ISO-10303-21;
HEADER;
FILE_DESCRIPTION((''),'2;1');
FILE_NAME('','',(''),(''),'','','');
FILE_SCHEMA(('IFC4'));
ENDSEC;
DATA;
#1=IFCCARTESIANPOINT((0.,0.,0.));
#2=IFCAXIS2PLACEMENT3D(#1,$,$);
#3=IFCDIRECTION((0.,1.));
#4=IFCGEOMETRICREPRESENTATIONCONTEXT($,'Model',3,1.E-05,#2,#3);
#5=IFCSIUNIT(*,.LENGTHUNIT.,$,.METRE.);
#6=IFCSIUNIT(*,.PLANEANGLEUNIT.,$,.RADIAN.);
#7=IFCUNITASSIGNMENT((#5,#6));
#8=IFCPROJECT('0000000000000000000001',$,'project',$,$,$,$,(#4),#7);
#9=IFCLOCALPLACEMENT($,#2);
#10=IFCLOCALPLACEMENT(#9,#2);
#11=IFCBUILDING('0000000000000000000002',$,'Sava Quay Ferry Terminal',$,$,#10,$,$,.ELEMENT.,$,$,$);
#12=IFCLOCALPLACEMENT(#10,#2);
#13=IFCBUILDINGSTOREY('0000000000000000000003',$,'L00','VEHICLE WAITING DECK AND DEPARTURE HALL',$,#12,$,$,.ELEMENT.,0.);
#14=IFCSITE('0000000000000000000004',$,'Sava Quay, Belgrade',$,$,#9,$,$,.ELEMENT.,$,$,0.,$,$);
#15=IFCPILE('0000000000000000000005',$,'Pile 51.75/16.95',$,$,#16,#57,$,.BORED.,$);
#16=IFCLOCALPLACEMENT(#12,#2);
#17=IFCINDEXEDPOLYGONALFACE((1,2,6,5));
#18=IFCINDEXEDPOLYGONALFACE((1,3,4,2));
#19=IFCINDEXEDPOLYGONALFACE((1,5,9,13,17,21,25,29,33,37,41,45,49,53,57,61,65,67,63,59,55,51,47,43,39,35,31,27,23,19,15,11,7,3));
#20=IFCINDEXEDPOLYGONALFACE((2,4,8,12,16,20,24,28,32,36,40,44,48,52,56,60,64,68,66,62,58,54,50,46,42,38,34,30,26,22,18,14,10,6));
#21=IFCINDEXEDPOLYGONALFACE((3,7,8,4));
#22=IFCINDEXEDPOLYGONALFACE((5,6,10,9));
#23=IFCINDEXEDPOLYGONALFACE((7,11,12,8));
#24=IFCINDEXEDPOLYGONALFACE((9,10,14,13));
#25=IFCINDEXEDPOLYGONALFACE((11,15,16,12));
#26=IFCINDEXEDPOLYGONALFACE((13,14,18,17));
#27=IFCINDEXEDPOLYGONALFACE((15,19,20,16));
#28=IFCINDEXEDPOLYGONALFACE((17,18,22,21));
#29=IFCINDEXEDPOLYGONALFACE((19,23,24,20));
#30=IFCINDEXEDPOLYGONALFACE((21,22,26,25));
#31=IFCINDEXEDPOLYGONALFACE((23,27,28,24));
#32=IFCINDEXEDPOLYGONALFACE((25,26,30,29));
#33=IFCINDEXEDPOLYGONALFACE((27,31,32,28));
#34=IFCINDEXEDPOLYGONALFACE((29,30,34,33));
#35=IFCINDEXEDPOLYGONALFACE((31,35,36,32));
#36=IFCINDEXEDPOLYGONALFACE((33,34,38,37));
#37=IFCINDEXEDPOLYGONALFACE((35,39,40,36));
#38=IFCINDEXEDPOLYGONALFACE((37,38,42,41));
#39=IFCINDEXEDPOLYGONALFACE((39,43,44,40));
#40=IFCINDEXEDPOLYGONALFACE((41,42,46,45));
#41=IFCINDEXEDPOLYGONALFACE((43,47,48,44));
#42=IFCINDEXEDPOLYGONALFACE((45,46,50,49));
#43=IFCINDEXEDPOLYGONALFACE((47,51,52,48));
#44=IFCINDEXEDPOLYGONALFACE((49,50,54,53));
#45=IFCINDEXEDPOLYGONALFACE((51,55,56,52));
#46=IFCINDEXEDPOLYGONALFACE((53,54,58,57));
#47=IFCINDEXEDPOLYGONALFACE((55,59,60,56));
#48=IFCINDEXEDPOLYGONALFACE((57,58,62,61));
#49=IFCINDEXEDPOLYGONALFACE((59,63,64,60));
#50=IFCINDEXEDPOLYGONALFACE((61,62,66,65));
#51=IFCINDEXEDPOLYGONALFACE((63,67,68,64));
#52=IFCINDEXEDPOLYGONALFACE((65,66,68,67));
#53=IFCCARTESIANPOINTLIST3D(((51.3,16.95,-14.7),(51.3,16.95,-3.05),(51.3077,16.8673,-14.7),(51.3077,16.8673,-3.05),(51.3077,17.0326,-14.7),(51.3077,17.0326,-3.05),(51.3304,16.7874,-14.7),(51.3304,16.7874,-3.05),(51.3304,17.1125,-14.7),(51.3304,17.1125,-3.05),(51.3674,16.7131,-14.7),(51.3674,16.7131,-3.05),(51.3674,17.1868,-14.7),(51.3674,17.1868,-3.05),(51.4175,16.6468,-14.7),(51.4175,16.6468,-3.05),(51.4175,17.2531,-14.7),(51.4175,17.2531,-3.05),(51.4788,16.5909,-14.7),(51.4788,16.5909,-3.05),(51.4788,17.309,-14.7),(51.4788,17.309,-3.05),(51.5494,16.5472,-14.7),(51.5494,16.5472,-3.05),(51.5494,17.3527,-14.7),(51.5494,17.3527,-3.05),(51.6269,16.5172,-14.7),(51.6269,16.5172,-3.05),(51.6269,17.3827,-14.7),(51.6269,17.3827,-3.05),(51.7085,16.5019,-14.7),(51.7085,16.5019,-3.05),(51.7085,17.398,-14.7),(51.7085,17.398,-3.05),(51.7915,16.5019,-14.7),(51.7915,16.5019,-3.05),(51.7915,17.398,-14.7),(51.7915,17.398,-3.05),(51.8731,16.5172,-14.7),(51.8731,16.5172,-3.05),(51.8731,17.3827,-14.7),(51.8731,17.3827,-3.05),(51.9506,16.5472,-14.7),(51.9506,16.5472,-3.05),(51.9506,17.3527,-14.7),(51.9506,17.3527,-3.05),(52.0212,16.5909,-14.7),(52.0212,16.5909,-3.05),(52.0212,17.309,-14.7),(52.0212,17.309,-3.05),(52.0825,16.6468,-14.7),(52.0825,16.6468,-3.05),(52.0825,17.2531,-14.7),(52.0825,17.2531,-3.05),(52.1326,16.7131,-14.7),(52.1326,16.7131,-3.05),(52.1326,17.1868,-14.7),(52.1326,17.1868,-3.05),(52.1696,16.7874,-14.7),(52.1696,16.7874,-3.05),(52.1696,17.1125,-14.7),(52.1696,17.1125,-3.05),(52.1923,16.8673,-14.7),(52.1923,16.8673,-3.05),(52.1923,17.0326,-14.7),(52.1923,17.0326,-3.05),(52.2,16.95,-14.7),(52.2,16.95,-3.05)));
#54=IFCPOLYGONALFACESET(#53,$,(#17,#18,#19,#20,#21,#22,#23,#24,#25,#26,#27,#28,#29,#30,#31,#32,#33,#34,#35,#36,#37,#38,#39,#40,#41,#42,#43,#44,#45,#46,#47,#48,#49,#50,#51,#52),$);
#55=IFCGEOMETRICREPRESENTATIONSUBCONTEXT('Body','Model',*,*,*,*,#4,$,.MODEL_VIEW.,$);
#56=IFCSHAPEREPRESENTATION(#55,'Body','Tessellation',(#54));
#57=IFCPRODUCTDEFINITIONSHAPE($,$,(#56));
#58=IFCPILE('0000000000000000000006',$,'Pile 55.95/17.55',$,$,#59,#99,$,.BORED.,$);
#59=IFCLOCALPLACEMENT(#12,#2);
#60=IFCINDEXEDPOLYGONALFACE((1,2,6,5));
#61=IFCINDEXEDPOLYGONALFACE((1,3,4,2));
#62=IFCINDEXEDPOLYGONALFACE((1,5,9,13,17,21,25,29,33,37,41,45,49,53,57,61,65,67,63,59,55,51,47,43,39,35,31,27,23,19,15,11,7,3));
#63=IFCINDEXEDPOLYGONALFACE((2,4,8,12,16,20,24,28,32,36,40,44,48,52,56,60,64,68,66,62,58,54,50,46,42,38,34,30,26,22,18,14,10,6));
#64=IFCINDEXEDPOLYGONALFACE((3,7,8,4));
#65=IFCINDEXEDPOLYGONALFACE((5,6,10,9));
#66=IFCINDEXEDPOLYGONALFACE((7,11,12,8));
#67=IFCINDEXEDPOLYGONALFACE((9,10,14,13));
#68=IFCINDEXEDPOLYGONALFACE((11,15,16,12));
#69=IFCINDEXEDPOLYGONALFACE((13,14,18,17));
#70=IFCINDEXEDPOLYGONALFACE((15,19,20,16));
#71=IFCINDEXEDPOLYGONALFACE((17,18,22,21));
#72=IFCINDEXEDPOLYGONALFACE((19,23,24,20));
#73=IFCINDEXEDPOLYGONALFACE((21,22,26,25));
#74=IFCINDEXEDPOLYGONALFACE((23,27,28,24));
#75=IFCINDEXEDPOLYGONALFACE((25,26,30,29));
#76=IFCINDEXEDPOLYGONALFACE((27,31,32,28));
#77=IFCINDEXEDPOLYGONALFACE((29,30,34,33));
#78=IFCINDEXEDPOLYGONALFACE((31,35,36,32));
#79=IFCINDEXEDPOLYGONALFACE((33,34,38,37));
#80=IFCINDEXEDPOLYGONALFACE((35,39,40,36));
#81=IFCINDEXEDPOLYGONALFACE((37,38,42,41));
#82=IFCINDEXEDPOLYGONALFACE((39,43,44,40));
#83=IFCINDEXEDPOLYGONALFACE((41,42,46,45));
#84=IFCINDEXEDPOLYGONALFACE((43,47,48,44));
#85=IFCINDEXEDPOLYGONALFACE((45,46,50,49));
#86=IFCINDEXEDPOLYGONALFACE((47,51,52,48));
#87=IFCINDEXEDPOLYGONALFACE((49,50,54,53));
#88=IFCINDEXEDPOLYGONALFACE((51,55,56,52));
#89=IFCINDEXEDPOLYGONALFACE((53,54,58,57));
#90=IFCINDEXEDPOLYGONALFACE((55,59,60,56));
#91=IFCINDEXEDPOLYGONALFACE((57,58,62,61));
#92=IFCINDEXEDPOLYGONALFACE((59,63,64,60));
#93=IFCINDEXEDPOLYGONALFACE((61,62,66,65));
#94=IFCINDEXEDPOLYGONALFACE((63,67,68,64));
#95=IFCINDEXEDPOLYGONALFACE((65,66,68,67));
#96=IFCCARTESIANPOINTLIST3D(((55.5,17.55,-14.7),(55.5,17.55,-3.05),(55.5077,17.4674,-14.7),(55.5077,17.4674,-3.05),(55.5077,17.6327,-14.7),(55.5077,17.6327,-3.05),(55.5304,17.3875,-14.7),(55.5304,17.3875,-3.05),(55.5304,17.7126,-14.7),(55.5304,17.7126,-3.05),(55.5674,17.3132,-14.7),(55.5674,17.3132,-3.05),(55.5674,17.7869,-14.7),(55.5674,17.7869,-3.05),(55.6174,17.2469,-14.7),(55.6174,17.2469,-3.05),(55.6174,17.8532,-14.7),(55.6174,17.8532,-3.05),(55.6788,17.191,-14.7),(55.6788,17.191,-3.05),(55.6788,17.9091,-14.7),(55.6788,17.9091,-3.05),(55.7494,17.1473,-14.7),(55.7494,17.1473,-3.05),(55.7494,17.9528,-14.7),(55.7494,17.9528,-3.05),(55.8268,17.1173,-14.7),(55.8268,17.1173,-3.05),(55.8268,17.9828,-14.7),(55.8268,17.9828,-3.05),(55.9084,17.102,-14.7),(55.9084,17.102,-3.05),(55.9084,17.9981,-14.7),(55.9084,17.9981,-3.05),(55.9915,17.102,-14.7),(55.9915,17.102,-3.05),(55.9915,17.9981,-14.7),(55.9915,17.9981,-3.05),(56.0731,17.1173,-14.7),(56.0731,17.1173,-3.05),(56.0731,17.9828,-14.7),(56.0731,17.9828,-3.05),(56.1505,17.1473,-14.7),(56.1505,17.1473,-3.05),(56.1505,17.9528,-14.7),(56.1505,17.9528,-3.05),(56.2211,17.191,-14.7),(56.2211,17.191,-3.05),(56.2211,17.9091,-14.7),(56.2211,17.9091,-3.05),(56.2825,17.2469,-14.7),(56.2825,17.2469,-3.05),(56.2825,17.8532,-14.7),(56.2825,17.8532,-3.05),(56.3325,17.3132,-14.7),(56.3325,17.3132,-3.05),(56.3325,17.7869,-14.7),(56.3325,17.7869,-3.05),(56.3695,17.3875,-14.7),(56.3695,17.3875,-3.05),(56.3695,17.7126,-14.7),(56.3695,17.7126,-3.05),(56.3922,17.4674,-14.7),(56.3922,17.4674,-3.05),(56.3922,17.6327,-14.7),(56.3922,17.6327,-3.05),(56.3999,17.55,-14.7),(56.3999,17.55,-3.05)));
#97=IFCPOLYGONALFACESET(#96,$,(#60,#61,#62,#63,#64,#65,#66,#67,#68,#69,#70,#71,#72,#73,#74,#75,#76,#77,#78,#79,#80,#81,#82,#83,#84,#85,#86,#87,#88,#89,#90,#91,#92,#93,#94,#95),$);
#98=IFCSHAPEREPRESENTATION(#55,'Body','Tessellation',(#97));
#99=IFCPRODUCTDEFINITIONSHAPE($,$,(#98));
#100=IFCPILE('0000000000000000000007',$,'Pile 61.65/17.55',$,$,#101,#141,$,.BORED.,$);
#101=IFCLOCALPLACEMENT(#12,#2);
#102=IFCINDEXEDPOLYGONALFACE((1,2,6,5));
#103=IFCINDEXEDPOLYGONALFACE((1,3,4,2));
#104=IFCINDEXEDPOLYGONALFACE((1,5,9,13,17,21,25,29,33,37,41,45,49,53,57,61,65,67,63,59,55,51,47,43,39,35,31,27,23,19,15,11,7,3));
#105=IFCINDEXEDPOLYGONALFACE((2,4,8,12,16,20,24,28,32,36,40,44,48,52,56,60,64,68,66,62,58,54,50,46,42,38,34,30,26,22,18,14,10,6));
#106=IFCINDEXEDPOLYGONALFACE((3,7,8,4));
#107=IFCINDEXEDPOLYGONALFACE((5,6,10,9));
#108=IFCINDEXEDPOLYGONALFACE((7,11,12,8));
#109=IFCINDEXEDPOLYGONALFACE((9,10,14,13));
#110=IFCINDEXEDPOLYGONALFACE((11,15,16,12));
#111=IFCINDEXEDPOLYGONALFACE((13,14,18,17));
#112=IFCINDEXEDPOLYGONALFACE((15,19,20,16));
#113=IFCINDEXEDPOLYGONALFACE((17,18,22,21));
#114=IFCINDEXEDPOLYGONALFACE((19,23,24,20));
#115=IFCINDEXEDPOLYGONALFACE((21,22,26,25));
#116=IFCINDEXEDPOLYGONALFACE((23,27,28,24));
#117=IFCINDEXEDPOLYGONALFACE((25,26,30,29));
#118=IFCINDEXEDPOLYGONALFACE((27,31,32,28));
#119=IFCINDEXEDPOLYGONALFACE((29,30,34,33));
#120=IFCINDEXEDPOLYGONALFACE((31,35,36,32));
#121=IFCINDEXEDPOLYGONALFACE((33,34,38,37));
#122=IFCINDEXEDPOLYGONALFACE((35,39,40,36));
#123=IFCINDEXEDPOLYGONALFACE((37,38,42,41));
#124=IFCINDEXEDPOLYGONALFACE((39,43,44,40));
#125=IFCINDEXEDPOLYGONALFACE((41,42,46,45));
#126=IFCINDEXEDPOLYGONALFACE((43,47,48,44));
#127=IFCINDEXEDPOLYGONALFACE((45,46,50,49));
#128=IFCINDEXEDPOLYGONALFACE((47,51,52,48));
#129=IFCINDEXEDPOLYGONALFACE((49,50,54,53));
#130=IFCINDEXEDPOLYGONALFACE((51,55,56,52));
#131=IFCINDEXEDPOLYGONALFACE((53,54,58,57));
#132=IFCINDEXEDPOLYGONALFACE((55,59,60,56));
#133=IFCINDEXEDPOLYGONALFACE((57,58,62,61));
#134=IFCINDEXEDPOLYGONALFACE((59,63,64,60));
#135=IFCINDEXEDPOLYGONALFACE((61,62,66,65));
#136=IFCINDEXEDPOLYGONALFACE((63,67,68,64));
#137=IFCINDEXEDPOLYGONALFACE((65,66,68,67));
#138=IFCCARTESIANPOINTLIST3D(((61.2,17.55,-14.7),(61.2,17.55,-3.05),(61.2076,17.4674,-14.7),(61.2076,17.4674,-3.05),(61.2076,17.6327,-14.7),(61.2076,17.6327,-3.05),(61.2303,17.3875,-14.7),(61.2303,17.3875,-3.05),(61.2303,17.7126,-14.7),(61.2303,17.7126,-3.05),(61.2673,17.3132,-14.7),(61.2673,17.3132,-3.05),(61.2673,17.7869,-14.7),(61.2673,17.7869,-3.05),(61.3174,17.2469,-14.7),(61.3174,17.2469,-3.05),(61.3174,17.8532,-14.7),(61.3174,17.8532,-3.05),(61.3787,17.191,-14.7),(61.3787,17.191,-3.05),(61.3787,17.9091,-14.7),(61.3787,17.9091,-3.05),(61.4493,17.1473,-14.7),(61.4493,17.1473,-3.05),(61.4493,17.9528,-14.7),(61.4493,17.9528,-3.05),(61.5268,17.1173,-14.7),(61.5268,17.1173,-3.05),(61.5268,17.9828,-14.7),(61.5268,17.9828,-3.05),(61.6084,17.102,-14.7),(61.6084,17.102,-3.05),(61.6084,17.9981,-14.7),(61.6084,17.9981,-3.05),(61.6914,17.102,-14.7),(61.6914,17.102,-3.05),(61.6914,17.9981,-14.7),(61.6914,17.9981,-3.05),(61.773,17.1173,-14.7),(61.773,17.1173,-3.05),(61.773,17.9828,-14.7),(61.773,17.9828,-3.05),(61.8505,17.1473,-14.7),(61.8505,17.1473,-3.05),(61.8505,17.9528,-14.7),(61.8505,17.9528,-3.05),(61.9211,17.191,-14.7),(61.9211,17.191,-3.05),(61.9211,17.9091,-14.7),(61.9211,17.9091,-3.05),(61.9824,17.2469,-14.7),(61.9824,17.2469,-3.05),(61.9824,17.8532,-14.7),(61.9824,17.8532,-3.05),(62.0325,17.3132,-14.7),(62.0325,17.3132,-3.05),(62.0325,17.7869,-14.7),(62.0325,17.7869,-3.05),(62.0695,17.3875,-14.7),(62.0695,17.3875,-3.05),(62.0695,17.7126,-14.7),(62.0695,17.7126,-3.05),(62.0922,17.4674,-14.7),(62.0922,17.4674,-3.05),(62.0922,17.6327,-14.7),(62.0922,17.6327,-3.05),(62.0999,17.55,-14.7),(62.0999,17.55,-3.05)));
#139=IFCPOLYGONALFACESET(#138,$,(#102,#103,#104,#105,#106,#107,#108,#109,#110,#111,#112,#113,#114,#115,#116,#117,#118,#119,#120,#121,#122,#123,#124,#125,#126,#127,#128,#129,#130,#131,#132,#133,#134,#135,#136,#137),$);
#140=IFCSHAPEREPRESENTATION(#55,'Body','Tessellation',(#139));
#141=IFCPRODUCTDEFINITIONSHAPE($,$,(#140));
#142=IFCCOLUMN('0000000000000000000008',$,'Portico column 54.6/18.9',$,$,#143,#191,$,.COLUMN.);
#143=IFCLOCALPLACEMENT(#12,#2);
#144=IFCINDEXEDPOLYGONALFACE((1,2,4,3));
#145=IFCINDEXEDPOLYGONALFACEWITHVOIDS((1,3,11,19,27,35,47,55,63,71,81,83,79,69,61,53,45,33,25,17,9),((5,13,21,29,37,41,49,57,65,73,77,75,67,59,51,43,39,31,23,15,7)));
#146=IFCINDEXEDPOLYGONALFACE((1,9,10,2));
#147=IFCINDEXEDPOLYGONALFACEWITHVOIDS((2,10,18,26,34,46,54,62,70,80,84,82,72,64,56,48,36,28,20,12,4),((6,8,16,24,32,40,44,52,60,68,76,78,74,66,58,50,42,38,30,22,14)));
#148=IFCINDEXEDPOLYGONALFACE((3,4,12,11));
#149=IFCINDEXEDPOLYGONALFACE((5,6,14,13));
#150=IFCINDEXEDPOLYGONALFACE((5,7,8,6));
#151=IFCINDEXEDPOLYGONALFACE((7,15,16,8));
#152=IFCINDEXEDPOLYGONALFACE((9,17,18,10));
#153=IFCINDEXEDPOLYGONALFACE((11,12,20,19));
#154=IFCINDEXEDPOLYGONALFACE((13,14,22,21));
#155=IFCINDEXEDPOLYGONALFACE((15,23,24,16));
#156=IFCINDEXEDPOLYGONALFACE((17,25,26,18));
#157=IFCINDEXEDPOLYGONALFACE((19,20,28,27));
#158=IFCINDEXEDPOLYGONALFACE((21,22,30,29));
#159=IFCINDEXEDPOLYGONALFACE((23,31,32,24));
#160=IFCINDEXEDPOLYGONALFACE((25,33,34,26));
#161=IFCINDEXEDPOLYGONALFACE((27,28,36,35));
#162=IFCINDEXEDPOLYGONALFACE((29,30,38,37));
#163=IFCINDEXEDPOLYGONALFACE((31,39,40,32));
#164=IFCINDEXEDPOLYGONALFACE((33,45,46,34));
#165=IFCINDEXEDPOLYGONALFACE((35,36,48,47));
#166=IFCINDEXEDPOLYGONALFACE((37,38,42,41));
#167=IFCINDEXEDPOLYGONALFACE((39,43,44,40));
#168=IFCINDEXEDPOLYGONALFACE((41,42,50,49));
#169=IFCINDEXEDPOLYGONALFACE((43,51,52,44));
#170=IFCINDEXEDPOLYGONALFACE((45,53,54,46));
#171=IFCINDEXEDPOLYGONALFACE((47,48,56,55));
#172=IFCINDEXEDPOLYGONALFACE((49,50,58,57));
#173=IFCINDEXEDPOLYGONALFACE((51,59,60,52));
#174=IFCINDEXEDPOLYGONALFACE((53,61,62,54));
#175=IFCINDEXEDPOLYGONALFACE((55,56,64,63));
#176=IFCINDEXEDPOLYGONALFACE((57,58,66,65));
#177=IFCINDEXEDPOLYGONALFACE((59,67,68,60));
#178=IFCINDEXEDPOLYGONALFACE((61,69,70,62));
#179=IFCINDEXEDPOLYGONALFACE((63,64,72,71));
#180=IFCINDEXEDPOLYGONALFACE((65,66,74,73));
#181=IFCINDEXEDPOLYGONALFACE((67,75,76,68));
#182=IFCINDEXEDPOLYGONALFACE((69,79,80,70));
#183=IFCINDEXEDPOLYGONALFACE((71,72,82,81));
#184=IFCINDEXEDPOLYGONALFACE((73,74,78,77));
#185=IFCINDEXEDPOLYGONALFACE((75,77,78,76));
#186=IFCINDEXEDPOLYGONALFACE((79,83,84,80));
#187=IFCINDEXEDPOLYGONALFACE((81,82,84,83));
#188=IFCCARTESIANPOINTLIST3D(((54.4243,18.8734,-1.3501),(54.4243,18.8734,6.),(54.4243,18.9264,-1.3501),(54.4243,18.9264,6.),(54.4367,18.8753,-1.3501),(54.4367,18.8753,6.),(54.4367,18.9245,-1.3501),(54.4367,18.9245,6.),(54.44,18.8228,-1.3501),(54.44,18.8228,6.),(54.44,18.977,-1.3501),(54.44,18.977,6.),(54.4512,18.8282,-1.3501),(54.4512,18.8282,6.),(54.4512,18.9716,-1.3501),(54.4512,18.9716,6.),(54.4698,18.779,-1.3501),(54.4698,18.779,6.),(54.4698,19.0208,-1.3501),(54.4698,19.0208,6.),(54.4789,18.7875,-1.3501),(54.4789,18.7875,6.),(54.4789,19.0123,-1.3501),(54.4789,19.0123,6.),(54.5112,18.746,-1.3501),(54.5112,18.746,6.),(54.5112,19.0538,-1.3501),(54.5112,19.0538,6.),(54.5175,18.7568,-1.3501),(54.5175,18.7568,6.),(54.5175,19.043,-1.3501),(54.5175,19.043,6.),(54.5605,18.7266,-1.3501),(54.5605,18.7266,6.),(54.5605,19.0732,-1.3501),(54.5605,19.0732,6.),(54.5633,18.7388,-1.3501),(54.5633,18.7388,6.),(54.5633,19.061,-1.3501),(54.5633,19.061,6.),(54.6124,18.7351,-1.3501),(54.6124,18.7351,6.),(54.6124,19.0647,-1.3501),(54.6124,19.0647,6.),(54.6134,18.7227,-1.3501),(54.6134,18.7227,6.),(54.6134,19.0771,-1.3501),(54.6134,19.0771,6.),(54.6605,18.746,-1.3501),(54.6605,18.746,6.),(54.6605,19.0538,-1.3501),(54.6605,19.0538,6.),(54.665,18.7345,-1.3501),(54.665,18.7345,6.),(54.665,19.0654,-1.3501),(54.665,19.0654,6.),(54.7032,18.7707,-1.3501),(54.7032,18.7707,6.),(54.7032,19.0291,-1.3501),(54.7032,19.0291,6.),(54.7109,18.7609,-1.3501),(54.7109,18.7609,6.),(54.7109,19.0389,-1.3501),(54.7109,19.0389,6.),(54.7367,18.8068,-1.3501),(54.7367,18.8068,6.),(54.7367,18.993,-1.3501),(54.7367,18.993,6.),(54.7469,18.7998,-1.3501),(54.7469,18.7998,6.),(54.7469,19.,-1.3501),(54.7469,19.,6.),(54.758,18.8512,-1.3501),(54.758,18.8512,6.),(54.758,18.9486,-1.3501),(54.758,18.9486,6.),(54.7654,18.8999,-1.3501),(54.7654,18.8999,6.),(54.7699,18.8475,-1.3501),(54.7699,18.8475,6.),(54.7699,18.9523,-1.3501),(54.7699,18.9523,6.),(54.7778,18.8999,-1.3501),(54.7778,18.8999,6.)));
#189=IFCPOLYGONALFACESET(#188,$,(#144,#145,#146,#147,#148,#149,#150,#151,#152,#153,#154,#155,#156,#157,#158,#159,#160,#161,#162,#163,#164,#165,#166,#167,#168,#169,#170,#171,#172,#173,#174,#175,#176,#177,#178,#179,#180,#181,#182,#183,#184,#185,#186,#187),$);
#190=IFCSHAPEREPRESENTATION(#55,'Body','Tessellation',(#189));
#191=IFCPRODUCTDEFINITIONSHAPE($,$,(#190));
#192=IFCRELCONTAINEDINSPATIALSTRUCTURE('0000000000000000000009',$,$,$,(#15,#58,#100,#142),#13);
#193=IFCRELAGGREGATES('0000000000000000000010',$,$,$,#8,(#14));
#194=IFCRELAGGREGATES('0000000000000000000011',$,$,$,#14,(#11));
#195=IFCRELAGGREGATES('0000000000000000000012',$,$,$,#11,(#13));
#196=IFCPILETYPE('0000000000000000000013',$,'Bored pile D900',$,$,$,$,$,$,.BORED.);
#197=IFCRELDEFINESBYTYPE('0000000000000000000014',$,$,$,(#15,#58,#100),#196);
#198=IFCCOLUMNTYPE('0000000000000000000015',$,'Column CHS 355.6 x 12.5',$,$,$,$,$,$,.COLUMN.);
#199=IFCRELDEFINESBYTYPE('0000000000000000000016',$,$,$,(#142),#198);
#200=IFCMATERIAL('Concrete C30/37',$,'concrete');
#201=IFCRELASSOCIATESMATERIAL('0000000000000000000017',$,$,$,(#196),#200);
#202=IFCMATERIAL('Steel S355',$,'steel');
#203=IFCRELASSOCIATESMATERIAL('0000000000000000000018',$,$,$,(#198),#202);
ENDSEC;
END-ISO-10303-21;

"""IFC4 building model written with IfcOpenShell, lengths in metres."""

from ifc_helpers import new_model, si_unit, direction, frame, origin, origin_2d, place, context, subcontext, project, spatial, circle, hollow_circle, extrude, material, material_profile, profile_set, type_object, element, save


model = new_model("IFC4")

# Units and contexts
model_context = context("Model", 3, precision=1e-05, world=origin(), true_north=direction((0.0, 1.0)))
body_context = subcontext(model_context, "Body", "Model", "MODEL_VIEW")
ifc_project = project(units=[si_unit("LENGTHUNIT", "METRE"), si_unit("PLANEANGLEUNIT", "RADIAN")], contexts=[model_context])

# Site, building, storey
site_placement = place(None, origin())
site = spatial("IfcSite", under=ifc_project, at=site_placement, Name="Sava Quay, Belgrade", CompositionType="ELEMENT", RefElevation=0.0)
building_placement = place(site_placement, origin())
building = spatial("IfcBuilding", under=site, at=building_placement, Name="Sava Quay Ferry Terminal", CompositionType="ELEMENT")
storey_placement = place(building_placement, origin())
storey = spatial("IfcBuildingStorey", under=building, at=storey_placement, Name="L00", Description="VEHICLE WAITING DECK AND DEPARTURE HALL", CompositionType="ELEMENT", Elevation=0.0)

# Piles
ifc_material_1 = material(Name="Concrete C30/37", Category="concrete")
ifc_material_profile_1 = material_profile(ifc_material_1, circle(Radius=0.45, at=origin_2d()), Name="Bored pile D900")
ifc_profile_set_1 = profile_set([ifc_material_profile_1], Name="Concrete C30/37")
pile_type = type_object("IfcPileType", Name="Bored pile D900", PredefinedType="BORED", material=ifc_profile_set_1)
for number, where, z_axis, x_axis, name in (
    (1, (51.75, 16.95, -3.05), (0.0, 0.0, -1.0), (1.0, 0.0, 0.0), "Pile 51.75/16.95"),
    (2, (55.95, 17.55, -3.05), (0.0, 0.0, -1.0), (1.0, 0.0, 0.0), "Pile 55.95/17.55"),
    (3, (61.6499, 17.55, -3.05), (0.0, 0.0, -1.0), (1.0, 0.0, 0.0), "Pile 61.65/17.55"),
):
    element("IfcPile", number, at=place(storey_placement, frame(where, z_axis=z_axis, x_axis=x_axis)), inside=storey, type_object=pile_type, Name=name, PredefinedType="BORED", context=body_context, shape_type="SweptSolid", body=[
        extrude(circle(Radius=0.45, at=origin_2d()), origin(), (0.0, 0.0, 1.0), 11.6499),
    ])

# Column
ifc_material_2 = material(Name="Steel S355", Category="steel")
ifc_material_profile_2 = material_profile(ifc_material_2, hollow_circle(Radius=0.1777, WallThickness=0.0125, at=origin_2d()), Name="CHS 355.6 x 12.5")
ifc_profile_set_2 = profile_set([ifc_material_profile_2], Name="Steel S355")
column_type = type_object("IfcColumnType", Name="Column CHS 355.6 x 12.5", PredefinedType="COLUMN", material=ifc_profile_set_2)
column_placement = place(storey_placement, frame((54.6001, 18.8999, -1.3501), z_axis=(0.0, 0.0, 1.0), x_axis=(1.0, 0.0, 0.0)))
element("IfcColumn", 4, at=column_placement, inside=storey, type_object=column_type, Name="Portico column 54.6/18.9", PredefinedType="COLUMN", context=body_context, shape_type="SweptSolid", body=[
    extrude(hollow_circle(Radius=0.1777, WallThickness=0.0125, at=origin_2d()), origin(), (0.0, 0.0, 1.0), 7.3501),
])

save(model, "model.ifc")
